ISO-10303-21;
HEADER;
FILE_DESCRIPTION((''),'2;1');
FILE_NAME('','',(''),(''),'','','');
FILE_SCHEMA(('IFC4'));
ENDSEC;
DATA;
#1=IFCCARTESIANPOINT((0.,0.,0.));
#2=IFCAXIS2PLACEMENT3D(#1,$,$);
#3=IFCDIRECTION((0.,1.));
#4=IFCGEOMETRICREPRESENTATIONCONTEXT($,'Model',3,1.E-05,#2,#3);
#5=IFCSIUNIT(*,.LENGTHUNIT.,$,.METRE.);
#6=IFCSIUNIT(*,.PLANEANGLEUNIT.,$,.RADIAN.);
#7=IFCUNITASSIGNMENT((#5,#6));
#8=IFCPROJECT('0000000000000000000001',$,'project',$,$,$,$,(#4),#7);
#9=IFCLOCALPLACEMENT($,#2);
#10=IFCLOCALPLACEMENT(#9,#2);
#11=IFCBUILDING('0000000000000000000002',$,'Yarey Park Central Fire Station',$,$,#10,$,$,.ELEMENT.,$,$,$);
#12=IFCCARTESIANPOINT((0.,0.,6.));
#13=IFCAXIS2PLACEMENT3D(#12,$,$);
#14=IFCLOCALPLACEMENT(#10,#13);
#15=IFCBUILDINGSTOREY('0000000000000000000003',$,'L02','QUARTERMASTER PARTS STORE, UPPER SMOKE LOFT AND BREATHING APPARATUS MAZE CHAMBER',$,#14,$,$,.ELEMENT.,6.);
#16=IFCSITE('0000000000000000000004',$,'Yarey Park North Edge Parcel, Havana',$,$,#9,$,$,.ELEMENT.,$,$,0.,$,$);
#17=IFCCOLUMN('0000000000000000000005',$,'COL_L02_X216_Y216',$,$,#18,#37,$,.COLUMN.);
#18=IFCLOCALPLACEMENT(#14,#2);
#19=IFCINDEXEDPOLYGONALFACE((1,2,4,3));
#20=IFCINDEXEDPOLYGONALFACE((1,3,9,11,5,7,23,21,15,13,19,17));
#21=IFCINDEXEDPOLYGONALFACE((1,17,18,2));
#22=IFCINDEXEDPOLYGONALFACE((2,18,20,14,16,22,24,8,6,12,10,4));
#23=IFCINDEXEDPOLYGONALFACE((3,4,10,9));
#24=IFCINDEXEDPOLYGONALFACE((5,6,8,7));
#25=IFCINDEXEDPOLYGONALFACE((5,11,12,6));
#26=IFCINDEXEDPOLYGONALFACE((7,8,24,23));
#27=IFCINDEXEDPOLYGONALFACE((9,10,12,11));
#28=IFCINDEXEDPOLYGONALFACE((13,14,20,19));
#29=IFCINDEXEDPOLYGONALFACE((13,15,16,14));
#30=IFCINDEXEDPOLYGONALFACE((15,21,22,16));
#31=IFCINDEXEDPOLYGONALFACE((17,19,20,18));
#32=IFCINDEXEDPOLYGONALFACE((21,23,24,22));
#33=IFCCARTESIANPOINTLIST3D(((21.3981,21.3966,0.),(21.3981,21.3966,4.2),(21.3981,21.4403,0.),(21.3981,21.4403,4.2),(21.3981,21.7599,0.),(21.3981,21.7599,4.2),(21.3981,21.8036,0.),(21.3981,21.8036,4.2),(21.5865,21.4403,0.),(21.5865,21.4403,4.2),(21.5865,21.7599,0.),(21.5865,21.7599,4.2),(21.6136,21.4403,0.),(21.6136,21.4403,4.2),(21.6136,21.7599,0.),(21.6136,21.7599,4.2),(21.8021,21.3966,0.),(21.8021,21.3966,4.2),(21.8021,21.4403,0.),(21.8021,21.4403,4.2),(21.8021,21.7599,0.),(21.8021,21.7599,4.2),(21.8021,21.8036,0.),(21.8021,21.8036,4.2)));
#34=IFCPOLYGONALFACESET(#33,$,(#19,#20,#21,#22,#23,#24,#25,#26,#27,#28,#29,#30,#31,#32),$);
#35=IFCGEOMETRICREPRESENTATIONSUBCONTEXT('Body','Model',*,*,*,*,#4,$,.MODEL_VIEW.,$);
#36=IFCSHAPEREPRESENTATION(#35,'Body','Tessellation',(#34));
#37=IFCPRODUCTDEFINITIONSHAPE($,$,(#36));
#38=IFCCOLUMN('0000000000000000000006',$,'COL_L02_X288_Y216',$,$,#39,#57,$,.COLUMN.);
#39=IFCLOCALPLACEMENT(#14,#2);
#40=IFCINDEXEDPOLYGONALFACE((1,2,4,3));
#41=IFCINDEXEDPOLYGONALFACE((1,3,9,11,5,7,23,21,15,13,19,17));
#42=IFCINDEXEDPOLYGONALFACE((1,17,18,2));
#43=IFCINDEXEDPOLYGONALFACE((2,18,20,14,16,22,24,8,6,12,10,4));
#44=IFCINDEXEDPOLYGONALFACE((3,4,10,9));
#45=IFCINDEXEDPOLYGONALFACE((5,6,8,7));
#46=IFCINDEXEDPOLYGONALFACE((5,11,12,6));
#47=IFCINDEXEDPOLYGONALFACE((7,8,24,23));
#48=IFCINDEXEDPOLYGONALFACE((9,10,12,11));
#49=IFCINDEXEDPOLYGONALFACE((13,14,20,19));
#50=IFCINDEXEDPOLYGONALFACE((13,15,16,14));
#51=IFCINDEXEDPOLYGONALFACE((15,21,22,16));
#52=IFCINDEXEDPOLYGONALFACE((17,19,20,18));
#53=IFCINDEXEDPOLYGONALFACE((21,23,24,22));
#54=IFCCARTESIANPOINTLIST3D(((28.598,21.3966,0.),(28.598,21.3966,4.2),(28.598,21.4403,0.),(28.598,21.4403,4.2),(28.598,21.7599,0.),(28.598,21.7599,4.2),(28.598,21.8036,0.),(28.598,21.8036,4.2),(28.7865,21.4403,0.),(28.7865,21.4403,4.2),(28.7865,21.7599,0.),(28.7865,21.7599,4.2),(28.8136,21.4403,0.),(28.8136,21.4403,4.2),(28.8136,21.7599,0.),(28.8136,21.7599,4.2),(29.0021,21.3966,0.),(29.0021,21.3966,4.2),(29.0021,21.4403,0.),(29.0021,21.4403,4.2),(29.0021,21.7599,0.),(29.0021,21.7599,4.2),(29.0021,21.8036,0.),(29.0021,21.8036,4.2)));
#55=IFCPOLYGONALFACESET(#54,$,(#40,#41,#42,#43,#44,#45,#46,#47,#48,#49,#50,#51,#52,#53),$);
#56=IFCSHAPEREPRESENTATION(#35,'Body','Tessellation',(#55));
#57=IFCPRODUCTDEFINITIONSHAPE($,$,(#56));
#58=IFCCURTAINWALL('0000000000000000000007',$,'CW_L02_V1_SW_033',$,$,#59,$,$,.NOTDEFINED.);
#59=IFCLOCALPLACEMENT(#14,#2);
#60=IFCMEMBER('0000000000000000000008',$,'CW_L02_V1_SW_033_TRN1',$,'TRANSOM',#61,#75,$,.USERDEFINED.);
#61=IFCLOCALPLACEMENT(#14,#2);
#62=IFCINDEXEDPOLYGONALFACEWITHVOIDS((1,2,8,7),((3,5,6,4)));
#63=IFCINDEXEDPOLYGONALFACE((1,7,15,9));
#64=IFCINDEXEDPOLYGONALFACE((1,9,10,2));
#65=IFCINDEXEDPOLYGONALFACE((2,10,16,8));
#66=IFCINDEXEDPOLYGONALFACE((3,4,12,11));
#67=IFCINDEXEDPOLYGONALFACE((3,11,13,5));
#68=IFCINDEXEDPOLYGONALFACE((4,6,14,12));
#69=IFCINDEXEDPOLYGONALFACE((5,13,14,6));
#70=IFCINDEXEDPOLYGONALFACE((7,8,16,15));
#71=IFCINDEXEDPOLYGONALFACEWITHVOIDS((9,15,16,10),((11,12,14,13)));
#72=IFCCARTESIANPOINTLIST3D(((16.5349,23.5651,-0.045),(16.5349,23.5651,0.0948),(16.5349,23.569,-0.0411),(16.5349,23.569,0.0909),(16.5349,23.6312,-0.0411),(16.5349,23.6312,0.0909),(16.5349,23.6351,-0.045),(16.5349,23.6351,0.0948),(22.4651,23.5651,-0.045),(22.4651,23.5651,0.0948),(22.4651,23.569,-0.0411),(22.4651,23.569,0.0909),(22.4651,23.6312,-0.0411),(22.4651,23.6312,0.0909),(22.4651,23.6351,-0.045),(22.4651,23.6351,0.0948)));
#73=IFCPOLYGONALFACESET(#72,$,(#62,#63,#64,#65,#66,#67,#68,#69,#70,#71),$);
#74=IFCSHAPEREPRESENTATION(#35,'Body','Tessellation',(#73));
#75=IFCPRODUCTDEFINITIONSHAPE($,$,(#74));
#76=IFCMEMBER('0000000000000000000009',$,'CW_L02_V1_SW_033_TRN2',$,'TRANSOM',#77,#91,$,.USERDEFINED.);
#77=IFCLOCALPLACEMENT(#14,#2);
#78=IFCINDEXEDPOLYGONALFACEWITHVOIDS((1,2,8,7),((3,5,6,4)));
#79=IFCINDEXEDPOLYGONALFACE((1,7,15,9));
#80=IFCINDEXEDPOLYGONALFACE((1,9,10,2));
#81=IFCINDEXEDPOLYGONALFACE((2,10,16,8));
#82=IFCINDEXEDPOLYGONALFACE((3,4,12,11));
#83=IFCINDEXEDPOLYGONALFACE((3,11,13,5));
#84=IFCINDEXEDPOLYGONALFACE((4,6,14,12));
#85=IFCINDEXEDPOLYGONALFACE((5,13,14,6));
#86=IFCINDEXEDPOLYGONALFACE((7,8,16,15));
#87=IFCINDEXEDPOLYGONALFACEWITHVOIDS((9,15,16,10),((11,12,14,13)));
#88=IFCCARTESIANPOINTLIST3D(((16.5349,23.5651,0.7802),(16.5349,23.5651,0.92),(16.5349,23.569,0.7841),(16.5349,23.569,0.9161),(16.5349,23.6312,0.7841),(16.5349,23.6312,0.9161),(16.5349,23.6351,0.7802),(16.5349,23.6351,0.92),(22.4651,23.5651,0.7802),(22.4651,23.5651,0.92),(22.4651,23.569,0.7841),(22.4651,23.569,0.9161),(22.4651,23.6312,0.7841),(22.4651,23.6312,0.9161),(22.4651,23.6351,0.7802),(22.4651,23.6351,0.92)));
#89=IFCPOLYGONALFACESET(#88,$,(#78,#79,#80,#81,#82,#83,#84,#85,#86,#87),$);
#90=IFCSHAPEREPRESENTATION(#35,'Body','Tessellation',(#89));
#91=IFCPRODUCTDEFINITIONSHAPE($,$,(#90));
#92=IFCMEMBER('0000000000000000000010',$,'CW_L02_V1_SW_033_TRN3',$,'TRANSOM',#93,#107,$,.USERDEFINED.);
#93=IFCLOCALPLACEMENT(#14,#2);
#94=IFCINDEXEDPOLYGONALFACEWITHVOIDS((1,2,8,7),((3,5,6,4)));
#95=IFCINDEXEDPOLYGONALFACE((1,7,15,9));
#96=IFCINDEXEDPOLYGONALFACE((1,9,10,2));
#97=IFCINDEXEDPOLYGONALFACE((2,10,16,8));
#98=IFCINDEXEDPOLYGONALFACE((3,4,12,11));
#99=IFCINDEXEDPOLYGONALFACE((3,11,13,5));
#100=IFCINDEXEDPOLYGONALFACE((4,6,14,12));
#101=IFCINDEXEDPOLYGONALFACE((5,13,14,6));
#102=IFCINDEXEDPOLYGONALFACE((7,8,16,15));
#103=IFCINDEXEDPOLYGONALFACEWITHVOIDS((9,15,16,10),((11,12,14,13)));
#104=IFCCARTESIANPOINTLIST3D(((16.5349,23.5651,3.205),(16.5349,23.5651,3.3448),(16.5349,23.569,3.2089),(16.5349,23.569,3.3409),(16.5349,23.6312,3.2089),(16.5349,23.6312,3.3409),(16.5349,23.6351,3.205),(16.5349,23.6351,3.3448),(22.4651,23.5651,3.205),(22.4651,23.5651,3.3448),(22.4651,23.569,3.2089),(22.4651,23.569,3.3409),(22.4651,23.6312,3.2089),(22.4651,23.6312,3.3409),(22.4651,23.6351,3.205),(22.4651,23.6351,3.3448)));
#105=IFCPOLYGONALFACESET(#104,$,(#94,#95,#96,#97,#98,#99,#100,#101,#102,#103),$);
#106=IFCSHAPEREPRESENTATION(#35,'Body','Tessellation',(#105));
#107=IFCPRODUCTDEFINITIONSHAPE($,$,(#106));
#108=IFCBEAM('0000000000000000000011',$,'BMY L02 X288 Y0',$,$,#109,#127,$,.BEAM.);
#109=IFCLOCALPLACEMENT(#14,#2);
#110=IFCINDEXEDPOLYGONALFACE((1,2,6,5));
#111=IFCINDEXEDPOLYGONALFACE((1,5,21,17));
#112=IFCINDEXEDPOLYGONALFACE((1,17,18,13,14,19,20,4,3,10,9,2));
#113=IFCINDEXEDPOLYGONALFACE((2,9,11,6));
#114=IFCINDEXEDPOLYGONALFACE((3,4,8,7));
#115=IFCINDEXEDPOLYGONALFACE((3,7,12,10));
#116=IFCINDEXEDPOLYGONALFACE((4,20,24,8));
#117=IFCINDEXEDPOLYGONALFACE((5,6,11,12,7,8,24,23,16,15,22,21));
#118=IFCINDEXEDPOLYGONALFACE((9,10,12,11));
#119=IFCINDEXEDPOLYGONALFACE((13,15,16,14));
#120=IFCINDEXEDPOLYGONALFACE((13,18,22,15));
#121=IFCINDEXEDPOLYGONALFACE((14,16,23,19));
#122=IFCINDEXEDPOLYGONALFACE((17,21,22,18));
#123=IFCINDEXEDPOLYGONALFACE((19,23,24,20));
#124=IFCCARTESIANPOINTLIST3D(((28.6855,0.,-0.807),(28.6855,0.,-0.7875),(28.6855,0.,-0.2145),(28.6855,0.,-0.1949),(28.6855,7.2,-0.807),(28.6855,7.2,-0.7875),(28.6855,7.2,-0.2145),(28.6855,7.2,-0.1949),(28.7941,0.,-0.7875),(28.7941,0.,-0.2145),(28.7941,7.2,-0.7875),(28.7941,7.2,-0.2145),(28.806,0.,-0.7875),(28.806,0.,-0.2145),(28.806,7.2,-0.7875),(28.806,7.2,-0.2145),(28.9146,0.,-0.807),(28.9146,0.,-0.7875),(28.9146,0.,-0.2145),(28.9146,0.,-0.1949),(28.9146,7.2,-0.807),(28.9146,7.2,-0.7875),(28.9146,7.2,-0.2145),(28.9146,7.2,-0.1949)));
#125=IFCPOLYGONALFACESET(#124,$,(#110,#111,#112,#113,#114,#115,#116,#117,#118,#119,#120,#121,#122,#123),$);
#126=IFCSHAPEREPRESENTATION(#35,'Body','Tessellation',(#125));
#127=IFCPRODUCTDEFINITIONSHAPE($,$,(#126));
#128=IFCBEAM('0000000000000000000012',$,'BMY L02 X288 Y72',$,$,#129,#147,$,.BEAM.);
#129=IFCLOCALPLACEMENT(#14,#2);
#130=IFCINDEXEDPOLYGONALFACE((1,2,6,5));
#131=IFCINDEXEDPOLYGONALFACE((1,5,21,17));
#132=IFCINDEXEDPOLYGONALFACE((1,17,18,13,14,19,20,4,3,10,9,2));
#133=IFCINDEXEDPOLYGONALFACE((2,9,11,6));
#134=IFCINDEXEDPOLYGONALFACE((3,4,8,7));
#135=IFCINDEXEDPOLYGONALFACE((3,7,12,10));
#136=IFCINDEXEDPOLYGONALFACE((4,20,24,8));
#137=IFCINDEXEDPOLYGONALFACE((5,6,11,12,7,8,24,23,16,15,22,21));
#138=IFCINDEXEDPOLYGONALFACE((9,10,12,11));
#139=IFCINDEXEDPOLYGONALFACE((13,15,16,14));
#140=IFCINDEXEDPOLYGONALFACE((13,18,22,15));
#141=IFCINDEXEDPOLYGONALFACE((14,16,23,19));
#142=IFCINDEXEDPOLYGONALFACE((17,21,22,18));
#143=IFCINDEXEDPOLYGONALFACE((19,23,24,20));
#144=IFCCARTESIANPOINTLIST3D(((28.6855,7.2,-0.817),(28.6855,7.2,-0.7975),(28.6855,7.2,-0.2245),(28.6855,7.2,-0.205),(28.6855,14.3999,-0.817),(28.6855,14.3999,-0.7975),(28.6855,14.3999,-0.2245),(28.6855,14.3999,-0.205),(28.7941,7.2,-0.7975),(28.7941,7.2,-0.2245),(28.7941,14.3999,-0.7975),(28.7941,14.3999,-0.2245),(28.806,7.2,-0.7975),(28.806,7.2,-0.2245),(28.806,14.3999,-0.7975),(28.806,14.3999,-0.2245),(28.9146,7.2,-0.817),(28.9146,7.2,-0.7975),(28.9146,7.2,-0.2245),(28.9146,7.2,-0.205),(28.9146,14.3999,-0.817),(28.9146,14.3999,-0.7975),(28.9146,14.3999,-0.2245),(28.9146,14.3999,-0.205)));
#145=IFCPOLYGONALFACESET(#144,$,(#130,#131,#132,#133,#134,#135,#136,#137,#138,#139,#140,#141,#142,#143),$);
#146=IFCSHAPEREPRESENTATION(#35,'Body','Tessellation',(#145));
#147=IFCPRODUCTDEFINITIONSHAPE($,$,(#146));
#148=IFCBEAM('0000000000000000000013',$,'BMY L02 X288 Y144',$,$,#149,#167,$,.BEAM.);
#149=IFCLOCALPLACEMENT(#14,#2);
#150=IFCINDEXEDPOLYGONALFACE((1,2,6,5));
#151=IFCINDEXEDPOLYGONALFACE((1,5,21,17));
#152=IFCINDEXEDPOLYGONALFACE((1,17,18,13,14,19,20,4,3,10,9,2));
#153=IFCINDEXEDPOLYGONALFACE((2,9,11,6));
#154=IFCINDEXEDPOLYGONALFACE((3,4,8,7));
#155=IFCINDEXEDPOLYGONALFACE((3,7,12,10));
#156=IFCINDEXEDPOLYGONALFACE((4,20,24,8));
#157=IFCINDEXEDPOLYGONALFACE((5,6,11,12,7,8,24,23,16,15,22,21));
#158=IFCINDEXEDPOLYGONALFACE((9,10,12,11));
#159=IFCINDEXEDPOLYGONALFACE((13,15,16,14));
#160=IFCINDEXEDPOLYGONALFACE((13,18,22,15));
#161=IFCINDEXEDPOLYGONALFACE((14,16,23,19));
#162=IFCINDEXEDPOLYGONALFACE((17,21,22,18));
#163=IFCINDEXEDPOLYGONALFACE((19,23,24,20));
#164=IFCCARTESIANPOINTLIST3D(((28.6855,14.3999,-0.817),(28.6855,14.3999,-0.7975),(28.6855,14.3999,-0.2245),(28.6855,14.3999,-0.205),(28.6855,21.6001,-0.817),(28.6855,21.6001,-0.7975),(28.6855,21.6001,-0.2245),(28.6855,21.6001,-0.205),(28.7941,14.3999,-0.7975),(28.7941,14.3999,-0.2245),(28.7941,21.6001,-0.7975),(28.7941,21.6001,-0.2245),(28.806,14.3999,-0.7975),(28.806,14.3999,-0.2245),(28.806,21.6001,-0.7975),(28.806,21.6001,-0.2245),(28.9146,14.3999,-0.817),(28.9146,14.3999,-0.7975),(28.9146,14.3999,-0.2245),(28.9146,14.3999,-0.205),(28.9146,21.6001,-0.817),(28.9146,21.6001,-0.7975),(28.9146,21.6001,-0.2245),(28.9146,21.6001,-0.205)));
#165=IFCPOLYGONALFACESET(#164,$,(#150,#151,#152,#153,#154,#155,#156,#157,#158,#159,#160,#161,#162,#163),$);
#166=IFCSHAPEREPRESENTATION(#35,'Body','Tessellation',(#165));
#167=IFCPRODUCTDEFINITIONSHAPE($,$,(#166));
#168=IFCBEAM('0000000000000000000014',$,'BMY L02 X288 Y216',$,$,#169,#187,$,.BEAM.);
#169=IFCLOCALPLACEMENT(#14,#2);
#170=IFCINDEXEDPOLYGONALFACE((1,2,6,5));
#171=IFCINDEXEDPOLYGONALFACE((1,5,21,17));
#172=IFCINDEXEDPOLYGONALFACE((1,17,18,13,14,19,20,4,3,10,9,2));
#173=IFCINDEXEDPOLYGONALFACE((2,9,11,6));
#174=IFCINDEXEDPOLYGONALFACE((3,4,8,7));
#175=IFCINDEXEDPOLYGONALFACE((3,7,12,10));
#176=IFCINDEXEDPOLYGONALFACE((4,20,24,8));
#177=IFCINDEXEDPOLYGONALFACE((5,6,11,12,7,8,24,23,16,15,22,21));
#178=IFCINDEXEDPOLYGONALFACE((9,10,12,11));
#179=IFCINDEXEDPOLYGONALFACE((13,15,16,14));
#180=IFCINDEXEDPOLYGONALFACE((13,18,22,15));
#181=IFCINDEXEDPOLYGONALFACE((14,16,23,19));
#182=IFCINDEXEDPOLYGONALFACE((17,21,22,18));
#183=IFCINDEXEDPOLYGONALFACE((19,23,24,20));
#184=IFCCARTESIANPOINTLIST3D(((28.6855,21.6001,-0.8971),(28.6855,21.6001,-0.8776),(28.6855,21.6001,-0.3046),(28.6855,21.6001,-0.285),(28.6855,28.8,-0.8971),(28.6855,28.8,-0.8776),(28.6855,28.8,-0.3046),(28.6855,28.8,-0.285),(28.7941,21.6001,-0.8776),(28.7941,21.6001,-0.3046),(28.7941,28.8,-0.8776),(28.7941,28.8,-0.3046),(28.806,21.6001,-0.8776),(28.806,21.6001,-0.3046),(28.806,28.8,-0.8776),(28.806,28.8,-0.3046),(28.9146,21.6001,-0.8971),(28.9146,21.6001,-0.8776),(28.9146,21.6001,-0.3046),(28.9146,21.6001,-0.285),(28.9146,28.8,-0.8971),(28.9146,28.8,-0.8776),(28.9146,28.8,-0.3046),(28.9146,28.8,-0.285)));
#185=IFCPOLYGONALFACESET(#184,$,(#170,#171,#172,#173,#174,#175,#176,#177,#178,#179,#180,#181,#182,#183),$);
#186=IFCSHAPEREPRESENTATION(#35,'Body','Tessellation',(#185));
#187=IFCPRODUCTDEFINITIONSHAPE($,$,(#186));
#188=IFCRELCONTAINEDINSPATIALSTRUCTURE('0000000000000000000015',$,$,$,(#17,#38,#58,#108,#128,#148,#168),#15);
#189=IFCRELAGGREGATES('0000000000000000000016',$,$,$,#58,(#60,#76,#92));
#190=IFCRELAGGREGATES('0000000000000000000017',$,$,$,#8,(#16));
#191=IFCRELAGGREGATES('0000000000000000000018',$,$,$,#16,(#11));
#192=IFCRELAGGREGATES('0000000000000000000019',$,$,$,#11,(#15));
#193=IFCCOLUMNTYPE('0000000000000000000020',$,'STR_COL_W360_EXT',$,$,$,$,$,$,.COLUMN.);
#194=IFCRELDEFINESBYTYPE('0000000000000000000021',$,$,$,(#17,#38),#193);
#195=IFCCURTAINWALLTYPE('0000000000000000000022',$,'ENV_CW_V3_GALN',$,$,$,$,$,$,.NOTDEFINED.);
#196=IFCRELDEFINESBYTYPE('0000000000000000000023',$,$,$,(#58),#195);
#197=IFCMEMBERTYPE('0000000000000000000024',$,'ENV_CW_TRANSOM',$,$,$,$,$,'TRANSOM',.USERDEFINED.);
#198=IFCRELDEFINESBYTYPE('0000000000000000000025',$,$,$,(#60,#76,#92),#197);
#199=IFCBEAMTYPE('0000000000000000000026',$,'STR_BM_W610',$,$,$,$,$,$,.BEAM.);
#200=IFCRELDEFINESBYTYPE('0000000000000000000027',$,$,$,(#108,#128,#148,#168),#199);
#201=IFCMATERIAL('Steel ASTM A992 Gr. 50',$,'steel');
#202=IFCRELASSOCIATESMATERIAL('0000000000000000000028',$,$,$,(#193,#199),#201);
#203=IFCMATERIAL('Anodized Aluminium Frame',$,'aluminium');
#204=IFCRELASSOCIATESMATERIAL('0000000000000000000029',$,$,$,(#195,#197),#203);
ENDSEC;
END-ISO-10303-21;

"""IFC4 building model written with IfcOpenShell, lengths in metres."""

from ifc_helpers import new_model, si_unit, direction, frame, origin, origin_2d, place, context, subcontext, project, spatial, hollow_rectangle, i_section, extrude, material, material_profile, profile_set, type_object, element, aggregate, save


model = new_model("IFC4")

# Units and contexts
model_context = context("Model", 3, precision=1e-05, world=origin(), true_north=direction((0.0, 1.0)))
body_context = subcontext(model_context, "Body", "Model", "MODEL_VIEW")
ifc_project = project(units=[si_unit("LENGTHUNIT", "METRE"), si_unit("PLANEANGLEUNIT", "RADIAN")], contexts=[model_context])

# Site, building, storey
site_placement = place(None, origin())
site = spatial("IfcSite", under=ifc_project, at=site_placement, Name="Yarey Park North Edge Parcel, Havana", CompositionType="ELEMENT", RefElevation=0.0)
building_placement = place(site_placement, origin())
building = spatial("IfcBuilding", under=site, at=building_placement, Name="Yarey Park Central Fire Station", CompositionType="ELEMENT")
storey_placement = place(building_placement, frame((0.0, 0.0, 6.0)))
storey = spatial("IfcBuildingStorey", under=building, at=storey_placement, Name="L02", Description="QUARTERMASTER PARTS STORE, UPPER SMOKE LOFT AND BREATHING APPARATUS MAZE CHAMBER", CompositionType="ELEMENT", Elevation=6.0)

# Columns
ifc_material_1 = material(Name="Steel ASTM A992 Gr. 50", Category="steel")
ifc_material_profile_1 = material_profile(ifc_material_1, i_section(OverallWidth=0.4041, OverallDepth=0.407, WebThickness=0.0271, FlangeThickness=0.0437, at=origin_2d()), Name="W360x347")
ifc_profile_set_1 = profile_set([ifc_material_profile_1], Name="Steel ASTM A992 Gr. 50")
column_type = type_object("IfcColumnType", Name="STR_COL_W360_EXT", PredefinedType="COLUMN", material=ifc_profile_set_1)
for number, where, z_axis, x_axis, name in (
    (1, (21.6001, 21.6001, 0.0), (0.0, 0.0, 1.0), (1.0, 0.0, 0.0), "COL_L02_X216_Y216"),
    (2, (28.8, 21.6001, 0.0), (0.0, 0.0, 1.0), (1.0, 0.0, 0.0), "COL_L02_X288_Y216"),
):
    element("IfcColumn", number, at=place(storey_placement, frame(where, z_axis=z_axis, x_axis=x_axis)), inside=storey, type_object=column_type, Name=name, PredefinedType="COLUMN", context=body_context, shape_type="SweptSolid", body=[
        extrude(i_section(OverallWidth=0.4041, OverallDepth=0.407, WebThickness=0.0271, FlangeThickness=0.0437, at=origin_2d()), origin(), (0.0, 0.0, 1.0), 4.2),
    ])

# Curtain wall, members
ifc_material_2 = material(Name="Anodized Aluminium Frame", Category="aluminium")
curtain_wall_type = type_object("IfcCurtainWallType", Name="ENV_CW_V3_GALN", PredefinedType="NOTDEFINED", material=ifc_material_2)
curtain_wall_placement = place(storey_placement, origin())
curtain_wall = element("IfcCurtainWall", 3, at=curtain_wall_placement, inside=storey, type_object=curtain_wall_type, Name="CW_L02_V1_SW_033", PredefinedType="NOTDEFINED")
ifc_material_profile_2 = material_profile(ifc_material_2, hollow_rectangle(XDim=0.0701, YDim=0.1399, WallThickness=0.0039, at=origin_2d()), Name="ALU 140x70x4")
ifc_profile_set_2 = profile_set([ifc_material_profile_2], Name="Anodized Aluminium Frame")
member_type_1 = type_object("IfcMemberType", Name="ENV_CW_TRANSOM", ElementType="TRANSOM", PredefinedType="USERDEFINED", material=ifc_profile_set_2)
member_1_placement = place(storey_placement, frame((16.5349, 23.6001, 0.0249), z_axis=(1.0, 0.0, 0.0), x_axis=(0.0, 1.0, 0.0)))
member_1 = element("IfcMember", 4, at=member_1_placement, type_object=member_type_1, Name="CW_L02_V1_SW_033_TRN1", ObjectType="TRANSOM", PredefinedType="USERDEFINED", context=body_context, shape_type="SweptSolid", body=[
    extrude(hollow_rectangle(XDim=0.0701, YDim=0.1399, WallThickness=0.0039, at=origin_2d()), origin(), (0.0, 0.0, 1.0), 5.9302),
])
member_2_placement = place(storey_placement, frame((16.5349, 23.6001, 0.8501), z_axis=(1.0, 0.0, 0.0), x_axis=(0.0, 1.0, 0.0)))
member_2 = element("IfcMember", 5, at=member_2_placement, type_object=member_type_1, Name="CW_L02_V1_SW_033_TRN2", ObjectType="TRANSOM", PredefinedType="USERDEFINED", context=body_context, shape_type="SweptSolid", body=[
    extrude(hollow_rectangle(XDim=0.0701, YDim=0.1399, WallThickness=0.0039, at=origin_2d()), origin(), (0.0, 0.0, 1.0), 5.9302),
])
member_3_placement = place(storey_placement, frame((16.5349, 23.6001, 3.2749), z_axis=(1.0, 0.0, 0.0), x_axis=(0.0, 1.0, 0.0)))
member_3 = element("IfcMember", 6, at=member_3_placement, type_object=member_type_1, Name="CW_L02_V1_SW_033_TRN3", ObjectType="TRANSOM", PredefinedType="USERDEFINED", context=body_context, shape_type="SweptSolid", body=[
    extrude(hollow_rectangle(XDim=0.0701, YDim=0.1399, WallThickness=0.0039, at=origin_2d()), origin(), (0.0, 0.0, 1.0), 5.9302),
])
aggregate(curtain_wall, [member_1, member_2, member_3])

# Beams
ifc_material_profile_3 = material_profile(ifc_material_1, i_section(OverallWidth=0.229, OverallDepth=0.6121, WebThickness=0.012, FlangeThickness=0.0195, at=origin_2d()), Name="W610x125")
ifc_profile_set_3 = profile_set([ifc_material_profile_3], Name="Steel ASTM A992 Gr. 50")
beam_type_1 = type_object("IfcBeamType", Name="STR_BM_W610", PredefinedType="BEAM", material=ifc_profile_set_3)
for number, where, z_axis, x_axis, name in (
    (7, (28.8, 0.0, -0.501), (0.0, 1.0, 0.0), (-1.0, 0.0, 0.0), "BMY L02 X288 Y0"),
    (8, (28.8, 7.2, -0.511), (0.0, 1.0, 0.0), (-1.0, 0.0, 0.0), "BMY L02 X288 Y72"),
):
    element("IfcBeam", number, at=place(storey_placement, frame(where, z_axis=z_axis, x_axis=x_axis)), inside=storey, type_object=beam_type_1, Name=name, PredefinedType="BEAM", context=body_context, shape_type="SweptSolid", body=[
        extrude(i_section(OverallWidth=0.229, OverallDepth=0.6121, WebThickness=0.012, FlangeThickness=0.0195, at=origin_2d()), origin(), (0.0, 0.0, 1.0), 7.2),
    ])
beam_1_placement = place(storey_placement, frame((28.8, 14.3999, -0.511), z_axis=(0.0, 1.0, 0.0), x_axis=(-1.0, 0.0, 0.0)))
element("IfcBeam", 9, at=beam_1_placement, inside=storey, type_object=beam_type_1, Name="BMY L02 X288 Y144", PredefinedType="BEAM", context=body_context, shape_type="SweptSolid", body=[
    extrude(i_section(OverallWidth=0.229, OverallDepth=0.6121, WebThickness=0.012, FlangeThickness=0.0195, at=origin_2d()), origin(), (0.0, 0.0, 1.0), 7.2002),
])
for number, where, z_axis, x_axis, name in (
    (10, (28.8, 21.6001, -0.5911), (0.0, 1.0, 0.0), (-1.0, 0.0, 0.0), "BMY L02 X288 Y216"),
):
    element("IfcBeam", number, at=place(storey_placement, frame(where, z_axis=z_axis, x_axis=x_axis)), inside=storey, type_object=beam_type_1, Name=name, PredefinedType="BEAM", context=body_context, shape_type="SweptSolid", body=[
        extrude(i_section(OverallWidth=0.229, OverallDepth=0.6121, WebThickness=0.012, FlangeThickness=0.0195, at=origin_2d()), origin(), (0.0, 0.0, 1.0), 7.2),
    ])

save(model, "model.ifc")
